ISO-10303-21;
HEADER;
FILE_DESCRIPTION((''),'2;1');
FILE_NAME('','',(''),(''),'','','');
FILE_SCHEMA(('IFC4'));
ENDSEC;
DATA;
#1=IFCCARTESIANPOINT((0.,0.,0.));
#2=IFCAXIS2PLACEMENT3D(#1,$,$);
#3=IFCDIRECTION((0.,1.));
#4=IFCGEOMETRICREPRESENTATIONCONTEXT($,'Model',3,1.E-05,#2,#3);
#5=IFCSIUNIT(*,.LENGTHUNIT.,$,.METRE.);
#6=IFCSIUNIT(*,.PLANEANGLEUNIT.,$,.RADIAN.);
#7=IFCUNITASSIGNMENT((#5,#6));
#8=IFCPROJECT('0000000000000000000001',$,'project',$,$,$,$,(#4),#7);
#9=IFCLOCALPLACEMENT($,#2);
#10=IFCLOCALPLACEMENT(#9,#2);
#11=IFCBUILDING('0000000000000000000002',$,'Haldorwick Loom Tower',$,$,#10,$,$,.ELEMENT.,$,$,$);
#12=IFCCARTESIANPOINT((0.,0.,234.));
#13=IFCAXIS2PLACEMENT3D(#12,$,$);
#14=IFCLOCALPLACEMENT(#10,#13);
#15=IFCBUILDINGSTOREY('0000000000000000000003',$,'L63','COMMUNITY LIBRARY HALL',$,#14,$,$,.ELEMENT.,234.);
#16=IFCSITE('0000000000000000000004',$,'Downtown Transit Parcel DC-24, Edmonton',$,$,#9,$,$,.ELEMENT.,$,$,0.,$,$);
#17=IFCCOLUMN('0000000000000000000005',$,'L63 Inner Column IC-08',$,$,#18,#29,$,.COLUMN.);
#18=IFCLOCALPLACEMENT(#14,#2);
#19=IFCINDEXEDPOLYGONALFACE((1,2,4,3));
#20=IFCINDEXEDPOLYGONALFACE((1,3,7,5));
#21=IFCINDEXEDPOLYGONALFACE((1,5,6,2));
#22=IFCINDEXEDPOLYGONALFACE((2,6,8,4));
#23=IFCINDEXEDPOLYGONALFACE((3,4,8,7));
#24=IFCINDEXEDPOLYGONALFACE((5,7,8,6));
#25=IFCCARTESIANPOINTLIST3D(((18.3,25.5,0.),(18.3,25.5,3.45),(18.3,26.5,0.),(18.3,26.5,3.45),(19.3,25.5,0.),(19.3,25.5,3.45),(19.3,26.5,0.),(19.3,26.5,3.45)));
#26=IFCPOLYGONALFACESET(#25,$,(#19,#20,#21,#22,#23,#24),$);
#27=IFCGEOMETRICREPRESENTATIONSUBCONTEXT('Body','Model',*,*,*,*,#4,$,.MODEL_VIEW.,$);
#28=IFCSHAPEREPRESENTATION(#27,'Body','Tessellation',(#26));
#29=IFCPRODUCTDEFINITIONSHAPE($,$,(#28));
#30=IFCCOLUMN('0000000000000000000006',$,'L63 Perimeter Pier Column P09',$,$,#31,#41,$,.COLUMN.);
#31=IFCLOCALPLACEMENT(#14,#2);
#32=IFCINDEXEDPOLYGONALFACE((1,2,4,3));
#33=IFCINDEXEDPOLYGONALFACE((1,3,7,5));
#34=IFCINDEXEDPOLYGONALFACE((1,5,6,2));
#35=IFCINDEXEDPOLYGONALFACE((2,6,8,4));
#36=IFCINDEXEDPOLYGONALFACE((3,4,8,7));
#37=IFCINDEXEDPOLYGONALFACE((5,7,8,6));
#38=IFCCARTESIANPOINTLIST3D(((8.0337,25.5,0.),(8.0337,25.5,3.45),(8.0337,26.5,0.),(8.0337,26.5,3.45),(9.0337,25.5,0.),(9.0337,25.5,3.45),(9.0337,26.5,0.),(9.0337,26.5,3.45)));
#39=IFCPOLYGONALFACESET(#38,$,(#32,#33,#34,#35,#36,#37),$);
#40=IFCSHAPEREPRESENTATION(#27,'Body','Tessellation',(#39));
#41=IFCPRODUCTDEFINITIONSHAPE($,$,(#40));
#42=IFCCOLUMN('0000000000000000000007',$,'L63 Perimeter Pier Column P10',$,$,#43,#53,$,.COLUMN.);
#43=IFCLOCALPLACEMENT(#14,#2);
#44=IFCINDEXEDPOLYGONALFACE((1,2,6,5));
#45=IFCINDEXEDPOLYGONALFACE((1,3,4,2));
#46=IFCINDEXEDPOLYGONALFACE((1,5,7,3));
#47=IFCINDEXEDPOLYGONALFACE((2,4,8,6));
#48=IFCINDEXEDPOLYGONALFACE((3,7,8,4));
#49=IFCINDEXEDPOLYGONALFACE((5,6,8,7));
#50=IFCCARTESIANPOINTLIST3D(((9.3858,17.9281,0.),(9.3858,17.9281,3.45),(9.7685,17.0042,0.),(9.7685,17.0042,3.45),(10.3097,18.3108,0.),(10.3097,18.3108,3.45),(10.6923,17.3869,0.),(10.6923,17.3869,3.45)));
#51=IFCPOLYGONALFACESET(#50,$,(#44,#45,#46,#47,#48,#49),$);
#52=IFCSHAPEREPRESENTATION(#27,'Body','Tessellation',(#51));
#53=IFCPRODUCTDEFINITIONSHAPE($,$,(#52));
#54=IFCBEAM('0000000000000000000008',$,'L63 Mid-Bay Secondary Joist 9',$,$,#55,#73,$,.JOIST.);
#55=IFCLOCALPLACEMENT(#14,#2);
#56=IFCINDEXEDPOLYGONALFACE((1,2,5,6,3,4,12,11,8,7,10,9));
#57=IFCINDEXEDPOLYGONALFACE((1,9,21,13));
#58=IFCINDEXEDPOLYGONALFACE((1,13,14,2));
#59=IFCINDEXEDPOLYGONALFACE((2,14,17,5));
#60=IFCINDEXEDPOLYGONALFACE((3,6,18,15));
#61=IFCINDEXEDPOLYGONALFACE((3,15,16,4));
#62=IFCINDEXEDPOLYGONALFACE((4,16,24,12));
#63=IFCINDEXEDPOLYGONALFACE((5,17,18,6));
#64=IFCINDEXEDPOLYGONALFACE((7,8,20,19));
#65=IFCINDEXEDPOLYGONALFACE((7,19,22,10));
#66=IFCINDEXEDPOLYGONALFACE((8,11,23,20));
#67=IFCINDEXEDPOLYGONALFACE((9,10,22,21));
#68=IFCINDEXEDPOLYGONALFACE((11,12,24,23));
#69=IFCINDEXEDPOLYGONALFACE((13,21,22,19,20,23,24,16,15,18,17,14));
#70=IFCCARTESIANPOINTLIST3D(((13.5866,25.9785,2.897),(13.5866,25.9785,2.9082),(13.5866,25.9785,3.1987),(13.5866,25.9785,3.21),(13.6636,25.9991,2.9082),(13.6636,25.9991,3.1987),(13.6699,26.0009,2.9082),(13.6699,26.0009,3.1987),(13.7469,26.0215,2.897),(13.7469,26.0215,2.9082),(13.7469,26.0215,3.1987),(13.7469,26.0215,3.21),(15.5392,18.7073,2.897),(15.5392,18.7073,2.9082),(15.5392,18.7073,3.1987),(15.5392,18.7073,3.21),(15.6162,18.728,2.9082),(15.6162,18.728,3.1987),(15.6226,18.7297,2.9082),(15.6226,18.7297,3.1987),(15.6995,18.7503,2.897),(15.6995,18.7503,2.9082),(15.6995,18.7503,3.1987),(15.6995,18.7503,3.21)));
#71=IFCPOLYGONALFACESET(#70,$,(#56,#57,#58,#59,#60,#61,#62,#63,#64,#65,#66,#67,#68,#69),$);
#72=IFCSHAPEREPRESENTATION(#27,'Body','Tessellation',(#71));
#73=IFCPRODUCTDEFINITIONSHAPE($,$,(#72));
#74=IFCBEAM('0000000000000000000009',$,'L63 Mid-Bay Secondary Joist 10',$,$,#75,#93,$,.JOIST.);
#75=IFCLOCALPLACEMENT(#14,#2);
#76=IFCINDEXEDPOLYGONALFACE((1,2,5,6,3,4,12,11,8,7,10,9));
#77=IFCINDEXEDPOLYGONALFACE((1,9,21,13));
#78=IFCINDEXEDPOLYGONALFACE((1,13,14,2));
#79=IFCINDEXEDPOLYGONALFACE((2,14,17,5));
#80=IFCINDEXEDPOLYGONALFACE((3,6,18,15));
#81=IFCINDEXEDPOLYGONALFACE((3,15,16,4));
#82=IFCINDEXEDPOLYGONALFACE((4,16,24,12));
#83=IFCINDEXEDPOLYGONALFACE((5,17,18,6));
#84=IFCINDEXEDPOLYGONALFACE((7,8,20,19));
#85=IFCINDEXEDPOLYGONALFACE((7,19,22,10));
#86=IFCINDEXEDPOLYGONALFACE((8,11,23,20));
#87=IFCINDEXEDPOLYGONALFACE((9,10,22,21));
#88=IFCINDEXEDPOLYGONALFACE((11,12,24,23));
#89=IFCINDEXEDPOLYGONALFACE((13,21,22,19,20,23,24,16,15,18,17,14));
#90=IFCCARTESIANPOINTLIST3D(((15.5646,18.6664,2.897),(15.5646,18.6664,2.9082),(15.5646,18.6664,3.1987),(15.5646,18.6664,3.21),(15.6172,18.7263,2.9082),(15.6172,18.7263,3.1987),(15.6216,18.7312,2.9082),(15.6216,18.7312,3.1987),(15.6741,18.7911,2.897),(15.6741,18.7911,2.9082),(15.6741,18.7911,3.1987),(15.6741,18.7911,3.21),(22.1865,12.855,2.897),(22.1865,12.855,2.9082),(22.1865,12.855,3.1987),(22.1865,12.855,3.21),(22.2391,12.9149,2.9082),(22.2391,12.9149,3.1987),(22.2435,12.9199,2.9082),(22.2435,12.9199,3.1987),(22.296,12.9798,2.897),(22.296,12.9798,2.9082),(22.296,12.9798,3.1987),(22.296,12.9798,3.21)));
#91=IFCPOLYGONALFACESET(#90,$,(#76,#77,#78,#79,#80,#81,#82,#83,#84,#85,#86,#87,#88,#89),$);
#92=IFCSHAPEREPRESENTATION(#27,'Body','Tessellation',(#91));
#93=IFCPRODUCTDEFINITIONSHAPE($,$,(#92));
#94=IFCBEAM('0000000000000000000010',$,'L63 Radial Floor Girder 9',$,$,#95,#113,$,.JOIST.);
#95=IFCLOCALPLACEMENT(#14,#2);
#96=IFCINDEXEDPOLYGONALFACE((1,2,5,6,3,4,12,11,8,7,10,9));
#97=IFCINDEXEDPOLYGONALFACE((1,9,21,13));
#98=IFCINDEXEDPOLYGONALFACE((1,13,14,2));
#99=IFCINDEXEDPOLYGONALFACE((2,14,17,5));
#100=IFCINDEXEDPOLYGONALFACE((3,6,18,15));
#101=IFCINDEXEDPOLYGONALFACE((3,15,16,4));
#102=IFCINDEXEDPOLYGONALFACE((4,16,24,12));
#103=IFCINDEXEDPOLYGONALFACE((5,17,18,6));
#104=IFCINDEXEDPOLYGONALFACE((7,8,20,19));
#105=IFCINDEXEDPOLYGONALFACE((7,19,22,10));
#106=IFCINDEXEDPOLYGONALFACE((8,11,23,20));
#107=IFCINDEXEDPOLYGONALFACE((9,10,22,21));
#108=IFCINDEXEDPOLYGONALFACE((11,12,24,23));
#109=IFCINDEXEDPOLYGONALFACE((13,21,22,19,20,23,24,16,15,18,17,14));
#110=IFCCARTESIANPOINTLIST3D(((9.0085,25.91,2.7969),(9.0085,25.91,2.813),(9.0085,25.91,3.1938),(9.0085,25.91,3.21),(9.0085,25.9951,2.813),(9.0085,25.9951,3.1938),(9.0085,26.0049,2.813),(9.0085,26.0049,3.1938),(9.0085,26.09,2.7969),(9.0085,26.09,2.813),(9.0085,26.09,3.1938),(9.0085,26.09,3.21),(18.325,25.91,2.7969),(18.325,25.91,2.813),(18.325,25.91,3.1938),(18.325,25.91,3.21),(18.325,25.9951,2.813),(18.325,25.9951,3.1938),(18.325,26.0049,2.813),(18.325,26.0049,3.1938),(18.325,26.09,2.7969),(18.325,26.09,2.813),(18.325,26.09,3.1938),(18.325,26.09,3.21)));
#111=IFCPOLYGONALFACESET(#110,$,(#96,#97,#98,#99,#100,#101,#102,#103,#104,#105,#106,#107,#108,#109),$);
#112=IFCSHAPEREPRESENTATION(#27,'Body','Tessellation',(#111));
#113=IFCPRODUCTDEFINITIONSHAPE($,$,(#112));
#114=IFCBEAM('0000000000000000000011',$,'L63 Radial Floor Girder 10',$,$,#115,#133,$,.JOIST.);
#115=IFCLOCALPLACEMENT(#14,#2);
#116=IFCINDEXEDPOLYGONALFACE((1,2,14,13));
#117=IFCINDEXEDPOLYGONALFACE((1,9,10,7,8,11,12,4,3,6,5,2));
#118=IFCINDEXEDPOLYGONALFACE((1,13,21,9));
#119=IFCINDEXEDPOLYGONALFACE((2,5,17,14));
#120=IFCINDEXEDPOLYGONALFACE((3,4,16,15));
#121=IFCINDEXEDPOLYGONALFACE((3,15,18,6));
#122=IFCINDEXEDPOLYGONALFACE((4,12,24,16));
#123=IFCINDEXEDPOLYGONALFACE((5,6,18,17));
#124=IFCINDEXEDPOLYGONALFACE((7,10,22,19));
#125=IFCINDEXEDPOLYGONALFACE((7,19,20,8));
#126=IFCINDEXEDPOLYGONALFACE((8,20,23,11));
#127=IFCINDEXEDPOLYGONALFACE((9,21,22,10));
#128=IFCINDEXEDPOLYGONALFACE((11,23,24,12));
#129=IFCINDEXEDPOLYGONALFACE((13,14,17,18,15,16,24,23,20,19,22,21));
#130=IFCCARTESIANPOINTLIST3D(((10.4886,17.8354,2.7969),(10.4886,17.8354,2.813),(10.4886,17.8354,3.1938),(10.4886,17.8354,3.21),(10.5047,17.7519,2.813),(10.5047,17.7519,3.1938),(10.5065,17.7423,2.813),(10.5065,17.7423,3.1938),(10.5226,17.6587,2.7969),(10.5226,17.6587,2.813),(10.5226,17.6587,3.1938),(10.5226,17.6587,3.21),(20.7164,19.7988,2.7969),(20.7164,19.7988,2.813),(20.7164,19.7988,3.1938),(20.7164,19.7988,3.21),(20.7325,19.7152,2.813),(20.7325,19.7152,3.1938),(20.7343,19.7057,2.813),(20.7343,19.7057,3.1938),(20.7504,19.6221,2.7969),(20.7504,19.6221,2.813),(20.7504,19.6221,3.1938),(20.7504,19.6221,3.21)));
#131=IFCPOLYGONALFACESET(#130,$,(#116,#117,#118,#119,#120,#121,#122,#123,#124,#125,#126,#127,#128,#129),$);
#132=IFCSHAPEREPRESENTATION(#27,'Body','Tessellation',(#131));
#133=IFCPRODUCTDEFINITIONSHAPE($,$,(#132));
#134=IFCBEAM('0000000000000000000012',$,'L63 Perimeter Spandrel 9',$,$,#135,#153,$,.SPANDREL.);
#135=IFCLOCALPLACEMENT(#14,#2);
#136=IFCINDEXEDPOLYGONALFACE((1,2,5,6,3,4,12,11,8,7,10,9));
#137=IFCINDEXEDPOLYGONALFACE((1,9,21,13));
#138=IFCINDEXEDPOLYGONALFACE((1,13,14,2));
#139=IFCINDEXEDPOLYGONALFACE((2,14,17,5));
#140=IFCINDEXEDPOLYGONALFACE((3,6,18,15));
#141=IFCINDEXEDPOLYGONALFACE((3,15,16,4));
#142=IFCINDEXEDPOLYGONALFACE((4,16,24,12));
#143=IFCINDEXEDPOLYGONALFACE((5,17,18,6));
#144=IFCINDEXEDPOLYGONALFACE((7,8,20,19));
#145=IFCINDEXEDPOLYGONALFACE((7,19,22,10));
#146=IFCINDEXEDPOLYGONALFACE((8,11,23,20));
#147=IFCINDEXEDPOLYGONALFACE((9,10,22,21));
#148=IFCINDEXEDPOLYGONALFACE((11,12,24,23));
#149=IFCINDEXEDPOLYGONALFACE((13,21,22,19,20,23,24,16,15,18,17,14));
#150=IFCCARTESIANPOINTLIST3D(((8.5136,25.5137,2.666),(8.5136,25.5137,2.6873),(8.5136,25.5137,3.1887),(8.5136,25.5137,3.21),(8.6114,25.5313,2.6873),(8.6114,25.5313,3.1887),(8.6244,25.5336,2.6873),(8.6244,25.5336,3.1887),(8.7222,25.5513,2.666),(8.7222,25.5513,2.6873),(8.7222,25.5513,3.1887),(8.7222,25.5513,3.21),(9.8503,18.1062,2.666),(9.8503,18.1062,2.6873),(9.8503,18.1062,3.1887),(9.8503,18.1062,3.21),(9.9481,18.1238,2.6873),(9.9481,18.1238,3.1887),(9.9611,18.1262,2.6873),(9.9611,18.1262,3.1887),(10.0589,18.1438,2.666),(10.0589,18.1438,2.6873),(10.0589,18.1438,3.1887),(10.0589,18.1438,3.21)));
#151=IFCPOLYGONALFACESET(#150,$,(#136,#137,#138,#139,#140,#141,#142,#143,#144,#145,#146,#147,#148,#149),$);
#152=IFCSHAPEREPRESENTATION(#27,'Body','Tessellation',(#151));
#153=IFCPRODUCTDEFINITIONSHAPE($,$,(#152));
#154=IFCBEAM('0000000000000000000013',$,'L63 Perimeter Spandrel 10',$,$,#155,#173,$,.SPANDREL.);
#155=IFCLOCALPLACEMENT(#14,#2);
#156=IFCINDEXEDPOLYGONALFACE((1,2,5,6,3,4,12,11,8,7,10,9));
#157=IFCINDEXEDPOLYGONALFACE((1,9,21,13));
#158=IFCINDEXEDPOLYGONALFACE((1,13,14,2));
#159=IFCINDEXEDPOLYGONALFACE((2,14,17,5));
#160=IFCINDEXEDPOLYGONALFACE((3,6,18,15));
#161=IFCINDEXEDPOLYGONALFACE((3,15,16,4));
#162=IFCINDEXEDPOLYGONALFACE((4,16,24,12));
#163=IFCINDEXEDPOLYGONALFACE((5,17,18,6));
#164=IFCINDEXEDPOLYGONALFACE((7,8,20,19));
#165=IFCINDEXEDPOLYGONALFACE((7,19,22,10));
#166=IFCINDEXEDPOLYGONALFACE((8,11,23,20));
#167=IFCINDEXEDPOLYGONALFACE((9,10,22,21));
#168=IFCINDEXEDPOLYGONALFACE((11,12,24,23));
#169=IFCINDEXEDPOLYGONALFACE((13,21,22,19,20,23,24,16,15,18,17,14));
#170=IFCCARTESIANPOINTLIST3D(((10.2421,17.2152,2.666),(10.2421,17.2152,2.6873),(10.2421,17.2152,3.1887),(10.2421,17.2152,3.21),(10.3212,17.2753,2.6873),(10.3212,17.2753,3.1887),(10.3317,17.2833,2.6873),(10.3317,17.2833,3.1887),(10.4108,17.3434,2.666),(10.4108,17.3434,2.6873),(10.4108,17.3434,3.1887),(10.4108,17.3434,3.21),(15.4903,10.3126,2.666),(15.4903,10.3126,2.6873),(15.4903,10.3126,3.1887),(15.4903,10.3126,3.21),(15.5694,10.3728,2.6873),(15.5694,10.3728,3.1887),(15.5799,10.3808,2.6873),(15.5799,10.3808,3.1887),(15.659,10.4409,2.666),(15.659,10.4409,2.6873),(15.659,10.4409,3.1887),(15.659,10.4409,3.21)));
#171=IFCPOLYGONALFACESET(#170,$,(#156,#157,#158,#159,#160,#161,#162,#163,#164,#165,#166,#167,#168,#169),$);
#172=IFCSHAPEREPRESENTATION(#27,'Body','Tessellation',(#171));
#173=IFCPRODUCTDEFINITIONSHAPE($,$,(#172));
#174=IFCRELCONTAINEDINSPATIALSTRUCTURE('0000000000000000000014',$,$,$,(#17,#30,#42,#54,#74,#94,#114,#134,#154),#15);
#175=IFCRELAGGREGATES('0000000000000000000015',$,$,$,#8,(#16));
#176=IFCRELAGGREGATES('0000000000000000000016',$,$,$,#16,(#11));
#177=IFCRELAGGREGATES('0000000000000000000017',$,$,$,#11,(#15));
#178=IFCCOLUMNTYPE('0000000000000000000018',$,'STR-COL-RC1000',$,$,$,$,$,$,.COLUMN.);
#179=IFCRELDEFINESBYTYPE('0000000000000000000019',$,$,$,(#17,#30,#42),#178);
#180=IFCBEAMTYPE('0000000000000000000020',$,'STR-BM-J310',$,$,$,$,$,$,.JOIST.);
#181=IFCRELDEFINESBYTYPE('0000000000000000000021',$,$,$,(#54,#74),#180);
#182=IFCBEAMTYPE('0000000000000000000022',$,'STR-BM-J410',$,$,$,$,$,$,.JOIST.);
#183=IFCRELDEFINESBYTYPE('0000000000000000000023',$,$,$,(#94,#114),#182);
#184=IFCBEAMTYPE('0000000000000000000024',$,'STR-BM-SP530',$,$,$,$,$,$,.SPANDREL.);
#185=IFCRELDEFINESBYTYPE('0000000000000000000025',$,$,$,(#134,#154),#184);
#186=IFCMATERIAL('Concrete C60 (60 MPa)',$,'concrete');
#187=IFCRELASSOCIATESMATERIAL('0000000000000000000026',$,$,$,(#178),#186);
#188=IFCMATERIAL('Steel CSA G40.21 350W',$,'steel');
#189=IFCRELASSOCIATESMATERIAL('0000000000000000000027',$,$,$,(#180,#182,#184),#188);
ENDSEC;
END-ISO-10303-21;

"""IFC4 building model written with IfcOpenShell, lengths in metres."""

from ifc_helpers import new_model, si_unit, direction, frame, origin, origin_2d, place, context, subcontext, project, spatial, rectangle, i_section, extrude, material, material_profile, profile_set, type_object, element, save


model = new_model("IFC4")

# Units and contexts
model_context = context("Model", 3, precision=1e-05, world=origin(), true_north=direction((0.0, 1.0)))
body_context = subcontext(model_context, "Body", "Model", "MODEL_VIEW")
ifc_project = project(units=[si_unit("LENGTHUNIT", "METRE"), si_unit("PLANEANGLEUNIT", "RADIAN")], contexts=[model_context])

# Site, building, storey
site_placement = place(None, origin())
site = spatial("IfcSite", under=ifc_project, at=site_placement, Name="Downtown Transit Parcel DC-24, Edmonton", CompositionType="ELEMENT", RefElevation=0.0)
building_placement = place(site_placement, origin())
building = spatial("IfcBuilding", under=site, at=building_placement, Name="Haldorwick Loom Tower", CompositionType="ELEMENT")
storey_placement = place(building_placement, frame((0.0, 0.0, 234.0)))
storey = spatial("IfcBuildingStorey", under=building, at=storey_placement, Name="L63", Description="COMMUNITY LIBRARY HALL", CompositionType="ELEMENT", Elevation=234.0)

# Columns
ifc_material_1 = material(Name="Concrete C60 (60 MPa)", Category="concrete")
ifc_material_profile_1 = material_profile(ifc_material_1, rectangle(XDim=1.0, YDim=1.0, at=origin_2d()), Name="RC1000X1000", Category="concrete")
ifc_profile_set_1 = profile_set([ifc_material_profile_1], Name="Concrete C60 (60 MPa)")
column_type = type_object("IfcColumnType", Name="STR-COL-RC1000", PredefinedType="COLUMN", material=ifc_profile_set_1)
for number, where, z_axis, x_axis, name in (
    (1, (18.8, 26.0, 0.0), (0.0, 0.0, 1.0), (1.0, 0.0, 0.0), "L63 Inner Column IC-08"),
    (2, (8.5337, 26.0, 0.0), (0.0, 0.0, 1.0), (-1.0, 0.0, 0.0), "L63 Perimeter Pier Column P09"),
    (3, (10.0391, 17.6575, 0.0), (0.0, 0.0, 1.0), (-0.92388, -0.382683, 0.0), "L63 Perimeter Pier Column P10"),
):
    element("IfcColumn", number, at=place(storey_placement, frame(where, z_axis=z_axis, x_axis=x_axis)), inside=storey, type_object=column_type, Name=name, PredefinedType="COLUMN", context=body_context, shape_type="SweptSolid", body=[
        extrude(rectangle(XDim=1.0, YDim=1.0, at=origin_2d()), origin(), (0.0, 0.0, 1.0), 3.45),
    ])

# Beams
ifc_material_2 = material(Name="Steel CSA G40.21 350W", Category="steel")
ifc_material_profile_2 = material_profile(ifc_material_2, i_section(OverallWidth=0.166, OverallDepth=0.313, WebThickness=0.0066, FlangeThickness=0.0112, at=origin_2d()), Name="W310X45", Category="steel")
ifc_profile_set_2 = profile_set([ifc_material_profile_2], Name="Steel CSA G40.21 350W")
beam_type_1 = type_object("IfcBeamType", Name="STR-BM-J310", PredefinedType="JOIST", material=ifc_profile_set_2)
beam_1_placement = place(storey_placement, frame((13.6667, 26.0, 3.0535), z_axis=(0.259354, -0.965782, 0.0), x_axis=(0.965782, 0.259354, 0.0)))
element("IfcBeam", 4, at=beam_1_placement, inside=storey, type_object=beam_type_1, Name="L63 Mid-Bay Secondary Joist 9", PredefinedType="JOIST", context=body_context, shape_type="SweptSolid", body=[
    extrude(i_section(OverallWidth=0.166, OverallDepth=0.313, WebThickness=0.0066, FlangeThickness=0.0112, at=origin_2d()), origin(), (0.0, 0.0, 1.0), 7.5288),
])
beam_2_placement = place(storey_placement, frame((15.6194, 18.7288, 3.0535), z_axis=(0.751609, -0.659608, 0.0), x_axis=(0.659608, 0.751609, 0.0)))
element("IfcBeam", 5, at=beam_2_placement, inside=storey, type_object=beam_type_1, Name="L63 Mid-Bay Secondary Joist 10", PredefinedType="JOIST", context=body_context, shape_type="SweptSolid", body=[
    extrude(i_section(OverallWidth=0.166, OverallDepth=0.313, WebThickness=0.0066, FlangeThickness=0.0112, at=origin_2d()), origin(), (0.0, 0.0, 1.0), 8.8103),
])
ifc_material_profile_3 = material_profile(ifc_material_2, i_section(OverallWidth=0.1799, OverallDepth=0.4131, WebThickness=0.0098, FlangeThickness=0.0161, at=origin_2d()), Name="W410X74", Category="steel")
ifc_profile_set_3 = profile_set([ifc_material_profile_3], Name="Steel CSA G40.21 350W")
beam_type_2 = type_object("IfcBeamType", Name="STR-BM-J410", PredefinedType="JOIST", material=ifc_profile_set_3)
beam_3_placement = place(storey_placement, frame((18.325, 26.0, 3.0034), z_axis=(-1.0, 0.0, 0.0), x_axis=(0.0, -1.0, 0.0)))
element("IfcBeam", 6, at=beam_3_placement, inside=storey, type_object=beam_type_2, Name="L63 Radial Floor Girder 9", PredefinedType="JOIST", context=body_context, shape_type="SweptSolid", body=[
    extrude(i_section(OverallWidth=0.1799, OverallDepth=0.4131, WebThickness=0.0098, FlangeThickness=0.0161, at=origin_2d()), origin(), (0.0, 0.0, 1.0), 9.3164),
])
beam_4_placement = place(storey_placement, frame((20.7334, 19.7104, 3.0034), z_axis=(-0.982069, -0.188523, 0.0), x_axis=(0.188523, -0.982069, 0.0)))
element("IfcBeam", 7, at=beam_4_placement, inside=storey, type_object=beam_type_2, Name="L63 Radial Floor Girder 10", PredefinedType="JOIST", context=body_context, shape_type="SweptSolid", body=[
    extrude(i_section(OverallWidth=0.1799, OverallDepth=0.4131, WebThickness=0.0098, FlangeThickness=0.0161, at=origin_2d()), origin(), (0.0, 0.0, 1.0), 10.4146),
])
ifc_material_profile_4 = material_profile(ifc_material_2, i_section(OverallWidth=0.2119, OverallDepth=0.5439, WebThickness=0.0132, FlangeThickness=0.0212, at=origin_2d()), Name="W530X123", Category="steel")
ifc_profile_set_4 = profile_set([ifc_material_profile_4], Name="Steel CSA G40.21 350W")
beam_type_3 = type_object("IfcBeamType", Name="STR-BM-SP530", PredefinedType="SPANDREL", material=ifc_profile_set_4)
beam_5_placement = place(storey_placement, frame((8.6179, 25.5325, 2.938), z_axis=(0.177581, -0.984106, 0.0), x_axis=(0.984106, 0.177581, 0.0)))
element("IfcBeam", 8, at=beam_5_placement, inside=storey, type_object=beam_type_3, Name="L63 Perimeter Spandrel 9", PredefinedType="SPANDREL", context=body_context, shape_type="SweptSolid", body=[
    extrude(i_section(OverallWidth=0.2119, OverallDepth=0.5439, WebThickness=0.0132, FlangeThickness=0.0212, at=origin_2d()), origin(), (0.0, 0.0, 1.0), 7.5271),
])
beam_6_placement = place(storey_placement, frame((10.3264, 17.2793, 2.938), z_axis=(0.605253, -0.796033, 0.0), x_axis=(0.796033, 0.605253, 0.0)))
element("IfcBeam", 9, at=beam_6_placement, inside=storey, type_object=beam_type_3, Name="L63 Perimeter Spandrel 10", PredefinedType="SPANDREL", context=body_context, shape_type="SweptSolid", body=[
    extrude(i_section(OverallWidth=0.2119, OverallDepth=0.5439, WebThickness=0.0132, FlangeThickness=0.0212, at=origin_2d()), origin(), (0.0, 0.0, 1.0), 8.6711),
])

save(model, "model.ifc")
